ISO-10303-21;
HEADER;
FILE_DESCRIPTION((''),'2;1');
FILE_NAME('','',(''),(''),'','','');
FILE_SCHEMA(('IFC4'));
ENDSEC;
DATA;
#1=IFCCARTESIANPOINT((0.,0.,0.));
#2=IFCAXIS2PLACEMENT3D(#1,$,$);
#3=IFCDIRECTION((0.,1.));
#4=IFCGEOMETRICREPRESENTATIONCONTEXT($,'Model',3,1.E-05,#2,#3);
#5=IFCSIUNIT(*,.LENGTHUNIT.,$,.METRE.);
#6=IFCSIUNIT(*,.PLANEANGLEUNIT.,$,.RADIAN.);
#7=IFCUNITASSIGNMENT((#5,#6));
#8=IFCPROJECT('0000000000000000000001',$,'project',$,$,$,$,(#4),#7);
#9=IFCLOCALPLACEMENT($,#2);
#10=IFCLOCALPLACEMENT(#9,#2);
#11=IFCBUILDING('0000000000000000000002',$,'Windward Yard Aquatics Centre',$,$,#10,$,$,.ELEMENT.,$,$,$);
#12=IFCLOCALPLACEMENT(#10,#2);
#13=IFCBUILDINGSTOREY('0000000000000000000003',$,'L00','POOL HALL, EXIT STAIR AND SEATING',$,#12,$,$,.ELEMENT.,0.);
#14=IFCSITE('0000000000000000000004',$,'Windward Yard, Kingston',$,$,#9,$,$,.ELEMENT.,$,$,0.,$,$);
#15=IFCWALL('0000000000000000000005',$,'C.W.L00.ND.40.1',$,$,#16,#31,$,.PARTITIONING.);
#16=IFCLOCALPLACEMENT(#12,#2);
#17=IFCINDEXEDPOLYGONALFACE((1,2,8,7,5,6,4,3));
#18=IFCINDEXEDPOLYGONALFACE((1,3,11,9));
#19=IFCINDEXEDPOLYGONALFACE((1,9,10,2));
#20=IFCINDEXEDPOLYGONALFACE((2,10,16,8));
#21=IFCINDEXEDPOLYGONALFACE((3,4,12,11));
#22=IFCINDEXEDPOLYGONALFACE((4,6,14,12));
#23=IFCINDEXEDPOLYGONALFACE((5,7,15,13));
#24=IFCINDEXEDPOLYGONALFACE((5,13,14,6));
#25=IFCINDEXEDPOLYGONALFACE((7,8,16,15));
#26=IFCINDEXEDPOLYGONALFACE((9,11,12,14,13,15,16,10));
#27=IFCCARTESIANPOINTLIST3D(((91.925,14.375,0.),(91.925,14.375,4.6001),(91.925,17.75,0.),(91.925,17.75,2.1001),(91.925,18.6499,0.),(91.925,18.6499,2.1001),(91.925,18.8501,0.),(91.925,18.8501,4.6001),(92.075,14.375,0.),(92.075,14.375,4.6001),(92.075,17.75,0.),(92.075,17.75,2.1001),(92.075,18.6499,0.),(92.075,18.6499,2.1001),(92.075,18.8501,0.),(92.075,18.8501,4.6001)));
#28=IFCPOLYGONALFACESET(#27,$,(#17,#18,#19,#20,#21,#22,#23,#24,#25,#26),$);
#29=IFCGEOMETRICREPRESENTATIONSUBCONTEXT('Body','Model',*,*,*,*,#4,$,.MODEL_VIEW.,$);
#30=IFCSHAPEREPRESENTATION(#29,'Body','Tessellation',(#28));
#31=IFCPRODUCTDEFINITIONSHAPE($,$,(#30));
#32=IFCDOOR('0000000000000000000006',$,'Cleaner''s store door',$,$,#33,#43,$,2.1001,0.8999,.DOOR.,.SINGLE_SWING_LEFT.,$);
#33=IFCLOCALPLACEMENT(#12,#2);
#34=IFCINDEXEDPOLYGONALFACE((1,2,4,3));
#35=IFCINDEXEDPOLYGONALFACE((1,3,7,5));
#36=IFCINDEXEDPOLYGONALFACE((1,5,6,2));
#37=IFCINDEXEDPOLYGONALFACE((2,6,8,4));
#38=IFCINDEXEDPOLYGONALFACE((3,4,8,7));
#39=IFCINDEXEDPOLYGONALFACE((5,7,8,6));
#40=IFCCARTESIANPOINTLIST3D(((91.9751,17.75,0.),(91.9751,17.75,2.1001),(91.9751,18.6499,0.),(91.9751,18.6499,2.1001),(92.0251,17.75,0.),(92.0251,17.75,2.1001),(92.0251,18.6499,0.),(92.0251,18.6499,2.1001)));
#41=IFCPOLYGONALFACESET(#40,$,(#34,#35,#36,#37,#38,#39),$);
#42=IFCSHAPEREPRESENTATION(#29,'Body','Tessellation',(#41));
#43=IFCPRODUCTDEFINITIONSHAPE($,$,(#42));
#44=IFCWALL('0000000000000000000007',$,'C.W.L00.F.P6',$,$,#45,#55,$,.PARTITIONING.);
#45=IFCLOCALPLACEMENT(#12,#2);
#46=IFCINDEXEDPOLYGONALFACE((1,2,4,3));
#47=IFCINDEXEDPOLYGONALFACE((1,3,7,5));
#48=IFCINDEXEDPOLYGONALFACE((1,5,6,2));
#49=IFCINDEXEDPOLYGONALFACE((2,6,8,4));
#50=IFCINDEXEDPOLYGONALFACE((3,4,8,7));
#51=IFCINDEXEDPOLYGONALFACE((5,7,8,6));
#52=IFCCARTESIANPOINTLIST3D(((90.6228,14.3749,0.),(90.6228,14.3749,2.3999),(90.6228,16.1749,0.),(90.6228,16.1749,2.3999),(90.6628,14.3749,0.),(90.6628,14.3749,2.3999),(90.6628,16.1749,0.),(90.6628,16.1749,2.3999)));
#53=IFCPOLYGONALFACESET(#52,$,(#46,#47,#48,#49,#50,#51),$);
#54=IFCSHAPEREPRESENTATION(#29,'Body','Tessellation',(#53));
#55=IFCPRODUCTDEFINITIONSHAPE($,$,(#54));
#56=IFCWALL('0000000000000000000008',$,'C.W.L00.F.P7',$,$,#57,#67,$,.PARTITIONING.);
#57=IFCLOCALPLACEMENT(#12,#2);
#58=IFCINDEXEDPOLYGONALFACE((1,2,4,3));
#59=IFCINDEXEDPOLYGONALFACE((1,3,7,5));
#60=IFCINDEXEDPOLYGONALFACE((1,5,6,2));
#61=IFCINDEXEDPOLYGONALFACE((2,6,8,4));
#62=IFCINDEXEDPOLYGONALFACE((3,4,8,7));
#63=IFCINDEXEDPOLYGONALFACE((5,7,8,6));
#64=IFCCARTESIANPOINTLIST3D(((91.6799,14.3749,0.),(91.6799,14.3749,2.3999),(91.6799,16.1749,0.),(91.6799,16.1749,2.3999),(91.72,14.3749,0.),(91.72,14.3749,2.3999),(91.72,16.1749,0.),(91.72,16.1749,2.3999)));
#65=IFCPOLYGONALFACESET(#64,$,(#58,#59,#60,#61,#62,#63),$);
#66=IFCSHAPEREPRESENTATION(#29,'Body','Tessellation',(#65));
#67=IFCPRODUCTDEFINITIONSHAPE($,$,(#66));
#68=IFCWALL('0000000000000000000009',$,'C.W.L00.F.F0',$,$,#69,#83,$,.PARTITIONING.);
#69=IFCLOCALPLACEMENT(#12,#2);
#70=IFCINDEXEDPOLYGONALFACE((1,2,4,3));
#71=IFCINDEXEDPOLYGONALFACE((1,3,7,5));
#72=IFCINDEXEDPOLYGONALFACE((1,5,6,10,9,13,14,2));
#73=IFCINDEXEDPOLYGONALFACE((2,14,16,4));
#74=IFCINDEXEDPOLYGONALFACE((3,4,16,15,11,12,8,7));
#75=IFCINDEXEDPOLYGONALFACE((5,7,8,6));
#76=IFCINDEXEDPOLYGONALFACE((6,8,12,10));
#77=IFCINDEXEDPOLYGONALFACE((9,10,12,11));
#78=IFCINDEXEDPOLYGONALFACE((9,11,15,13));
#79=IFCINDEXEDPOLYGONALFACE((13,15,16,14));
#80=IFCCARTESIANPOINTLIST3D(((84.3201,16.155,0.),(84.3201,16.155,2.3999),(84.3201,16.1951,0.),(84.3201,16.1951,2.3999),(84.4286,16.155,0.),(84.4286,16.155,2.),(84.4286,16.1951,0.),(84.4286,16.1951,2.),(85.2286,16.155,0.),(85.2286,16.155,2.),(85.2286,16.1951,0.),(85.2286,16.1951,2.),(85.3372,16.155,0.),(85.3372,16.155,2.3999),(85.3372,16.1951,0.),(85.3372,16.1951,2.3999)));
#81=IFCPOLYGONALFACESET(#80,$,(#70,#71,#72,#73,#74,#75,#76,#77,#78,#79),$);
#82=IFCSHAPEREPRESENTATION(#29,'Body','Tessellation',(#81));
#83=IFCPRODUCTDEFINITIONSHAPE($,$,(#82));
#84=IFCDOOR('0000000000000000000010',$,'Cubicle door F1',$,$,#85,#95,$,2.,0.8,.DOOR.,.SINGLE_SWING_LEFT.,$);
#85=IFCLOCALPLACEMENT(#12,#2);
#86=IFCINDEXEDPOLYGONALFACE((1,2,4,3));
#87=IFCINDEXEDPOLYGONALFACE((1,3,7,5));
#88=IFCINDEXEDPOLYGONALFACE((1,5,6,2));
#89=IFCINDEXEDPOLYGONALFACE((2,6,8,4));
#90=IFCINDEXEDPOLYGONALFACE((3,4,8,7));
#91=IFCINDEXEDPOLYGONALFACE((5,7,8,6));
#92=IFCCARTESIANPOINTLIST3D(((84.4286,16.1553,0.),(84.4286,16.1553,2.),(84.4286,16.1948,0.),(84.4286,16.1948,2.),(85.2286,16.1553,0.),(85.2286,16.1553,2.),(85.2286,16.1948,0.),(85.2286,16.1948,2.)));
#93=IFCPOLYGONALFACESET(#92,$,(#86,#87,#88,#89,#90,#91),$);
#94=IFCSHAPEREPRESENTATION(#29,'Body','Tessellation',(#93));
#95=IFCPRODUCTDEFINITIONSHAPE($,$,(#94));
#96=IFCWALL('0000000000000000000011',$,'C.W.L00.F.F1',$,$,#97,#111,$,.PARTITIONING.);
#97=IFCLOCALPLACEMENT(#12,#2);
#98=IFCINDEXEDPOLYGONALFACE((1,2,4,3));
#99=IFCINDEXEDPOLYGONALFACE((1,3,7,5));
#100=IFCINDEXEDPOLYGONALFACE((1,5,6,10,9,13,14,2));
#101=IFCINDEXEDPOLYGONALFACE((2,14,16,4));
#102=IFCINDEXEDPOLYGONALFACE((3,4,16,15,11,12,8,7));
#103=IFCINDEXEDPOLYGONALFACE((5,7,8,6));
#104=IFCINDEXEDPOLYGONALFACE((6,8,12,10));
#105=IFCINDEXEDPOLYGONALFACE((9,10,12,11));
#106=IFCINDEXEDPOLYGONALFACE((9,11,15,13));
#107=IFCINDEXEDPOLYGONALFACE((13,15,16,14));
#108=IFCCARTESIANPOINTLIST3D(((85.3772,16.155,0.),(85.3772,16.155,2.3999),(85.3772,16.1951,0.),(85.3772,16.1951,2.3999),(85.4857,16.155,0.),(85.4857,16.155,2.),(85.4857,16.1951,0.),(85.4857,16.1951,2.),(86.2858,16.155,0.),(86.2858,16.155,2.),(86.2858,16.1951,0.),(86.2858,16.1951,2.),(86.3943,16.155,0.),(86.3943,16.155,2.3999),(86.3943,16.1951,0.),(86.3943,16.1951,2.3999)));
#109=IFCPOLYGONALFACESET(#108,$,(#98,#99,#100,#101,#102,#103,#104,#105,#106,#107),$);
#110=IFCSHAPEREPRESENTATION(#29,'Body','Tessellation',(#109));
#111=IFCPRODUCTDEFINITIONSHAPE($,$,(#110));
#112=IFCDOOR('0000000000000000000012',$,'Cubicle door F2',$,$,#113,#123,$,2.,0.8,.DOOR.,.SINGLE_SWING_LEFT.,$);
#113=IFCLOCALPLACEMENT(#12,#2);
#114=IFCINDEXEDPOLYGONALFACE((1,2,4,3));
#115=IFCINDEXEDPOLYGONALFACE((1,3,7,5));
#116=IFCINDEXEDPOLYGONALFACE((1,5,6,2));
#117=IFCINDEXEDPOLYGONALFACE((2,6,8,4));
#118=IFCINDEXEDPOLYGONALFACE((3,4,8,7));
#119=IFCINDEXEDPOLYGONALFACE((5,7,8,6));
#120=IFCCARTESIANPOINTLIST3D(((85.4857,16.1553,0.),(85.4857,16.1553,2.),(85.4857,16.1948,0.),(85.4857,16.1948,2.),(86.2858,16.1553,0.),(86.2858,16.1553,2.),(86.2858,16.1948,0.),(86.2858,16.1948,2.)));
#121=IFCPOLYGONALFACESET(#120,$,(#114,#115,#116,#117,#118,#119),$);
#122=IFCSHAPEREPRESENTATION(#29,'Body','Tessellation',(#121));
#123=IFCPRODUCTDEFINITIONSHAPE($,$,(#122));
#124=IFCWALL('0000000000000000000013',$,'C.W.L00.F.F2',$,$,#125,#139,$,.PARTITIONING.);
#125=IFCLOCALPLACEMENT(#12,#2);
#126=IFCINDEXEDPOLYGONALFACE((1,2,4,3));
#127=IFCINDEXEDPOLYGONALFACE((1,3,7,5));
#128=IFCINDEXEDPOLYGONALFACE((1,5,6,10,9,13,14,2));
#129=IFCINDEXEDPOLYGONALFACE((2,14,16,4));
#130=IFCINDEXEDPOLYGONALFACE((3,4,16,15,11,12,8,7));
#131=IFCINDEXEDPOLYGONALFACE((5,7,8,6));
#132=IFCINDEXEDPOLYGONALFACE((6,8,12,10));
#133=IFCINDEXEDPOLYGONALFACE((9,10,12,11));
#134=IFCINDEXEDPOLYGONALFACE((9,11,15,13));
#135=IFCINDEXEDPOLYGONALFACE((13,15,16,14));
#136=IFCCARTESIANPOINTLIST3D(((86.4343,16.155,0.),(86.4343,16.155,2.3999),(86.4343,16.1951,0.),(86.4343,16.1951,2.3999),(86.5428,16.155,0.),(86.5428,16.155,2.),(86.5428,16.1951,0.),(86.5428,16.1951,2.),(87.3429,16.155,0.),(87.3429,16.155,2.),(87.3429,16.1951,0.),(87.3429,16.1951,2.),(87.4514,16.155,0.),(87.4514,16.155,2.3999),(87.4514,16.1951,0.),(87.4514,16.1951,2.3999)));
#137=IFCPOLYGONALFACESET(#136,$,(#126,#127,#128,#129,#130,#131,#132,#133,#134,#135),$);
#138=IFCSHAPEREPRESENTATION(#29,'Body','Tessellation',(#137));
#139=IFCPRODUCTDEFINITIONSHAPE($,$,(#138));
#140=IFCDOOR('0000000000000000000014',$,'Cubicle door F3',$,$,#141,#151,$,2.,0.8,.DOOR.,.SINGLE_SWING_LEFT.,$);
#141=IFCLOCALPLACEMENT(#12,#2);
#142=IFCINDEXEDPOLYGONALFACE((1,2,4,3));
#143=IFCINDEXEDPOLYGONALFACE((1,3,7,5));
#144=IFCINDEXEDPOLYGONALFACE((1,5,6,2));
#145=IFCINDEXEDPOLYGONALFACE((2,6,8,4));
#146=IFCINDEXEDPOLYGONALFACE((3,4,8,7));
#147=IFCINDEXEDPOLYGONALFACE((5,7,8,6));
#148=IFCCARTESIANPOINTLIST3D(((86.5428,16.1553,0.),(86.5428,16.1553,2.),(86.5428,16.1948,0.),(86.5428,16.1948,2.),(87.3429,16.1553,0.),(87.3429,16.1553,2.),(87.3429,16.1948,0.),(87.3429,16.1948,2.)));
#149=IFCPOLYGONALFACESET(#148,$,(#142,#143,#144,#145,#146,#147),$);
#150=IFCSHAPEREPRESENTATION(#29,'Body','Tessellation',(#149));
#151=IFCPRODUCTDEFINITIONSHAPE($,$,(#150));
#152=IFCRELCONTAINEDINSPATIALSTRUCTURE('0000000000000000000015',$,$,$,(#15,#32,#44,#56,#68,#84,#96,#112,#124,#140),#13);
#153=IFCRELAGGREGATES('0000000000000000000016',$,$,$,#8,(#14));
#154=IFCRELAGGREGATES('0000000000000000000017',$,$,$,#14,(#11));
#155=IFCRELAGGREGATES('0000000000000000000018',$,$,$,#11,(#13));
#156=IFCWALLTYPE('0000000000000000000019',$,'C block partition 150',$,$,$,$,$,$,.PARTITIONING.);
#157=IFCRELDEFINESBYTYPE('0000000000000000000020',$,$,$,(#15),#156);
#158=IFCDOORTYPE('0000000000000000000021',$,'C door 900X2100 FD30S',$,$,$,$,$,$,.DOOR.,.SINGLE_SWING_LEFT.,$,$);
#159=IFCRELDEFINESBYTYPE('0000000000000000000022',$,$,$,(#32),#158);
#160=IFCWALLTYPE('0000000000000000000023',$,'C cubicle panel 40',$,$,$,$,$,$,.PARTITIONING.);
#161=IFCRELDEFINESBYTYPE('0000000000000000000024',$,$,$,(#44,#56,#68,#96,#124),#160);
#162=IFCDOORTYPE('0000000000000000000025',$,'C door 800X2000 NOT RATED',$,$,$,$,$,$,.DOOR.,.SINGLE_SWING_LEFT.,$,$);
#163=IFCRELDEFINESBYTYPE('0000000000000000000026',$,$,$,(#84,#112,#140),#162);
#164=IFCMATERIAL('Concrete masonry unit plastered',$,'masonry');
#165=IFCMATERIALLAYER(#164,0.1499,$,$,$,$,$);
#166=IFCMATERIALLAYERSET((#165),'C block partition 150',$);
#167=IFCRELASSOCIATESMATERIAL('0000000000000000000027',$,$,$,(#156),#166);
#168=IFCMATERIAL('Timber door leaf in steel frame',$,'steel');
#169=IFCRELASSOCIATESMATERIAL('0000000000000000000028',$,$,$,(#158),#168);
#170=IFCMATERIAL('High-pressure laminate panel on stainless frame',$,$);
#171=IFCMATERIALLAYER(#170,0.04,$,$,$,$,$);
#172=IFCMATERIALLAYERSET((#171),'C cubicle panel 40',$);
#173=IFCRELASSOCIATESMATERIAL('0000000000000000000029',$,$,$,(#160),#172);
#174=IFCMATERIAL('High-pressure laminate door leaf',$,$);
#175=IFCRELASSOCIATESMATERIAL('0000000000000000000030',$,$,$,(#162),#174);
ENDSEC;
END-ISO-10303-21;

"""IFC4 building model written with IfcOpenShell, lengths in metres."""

from ifc_helpers import new_model, si_unit, direction, frame, frame_2d, origin, place, context, subcontext, project, spatial, rectangle, extrude, material, layer, layer_set, type_object, element, fill, save


model = new_model("IFC4")

# Units and contexts
model_context = context("Model", 3, precision=1e-05, world=origin(), true_north=direction((0.0, 1.0)))
body_context = subcontext(model_context, "Body", "Model", "MODEL_VIEW")
ifc_project = project(units=[si_unit("LENGTHUNIT", "METRE"), si_unit("PLANEANGLEUNIT", "RADIAN")], contexts=[model_context])

# Site, building, storey
site_placement = place(None, origin())
site = spatial("IfcSite", under=ifc_project, at=site_placement, Name="Windward Yard, Kingston", CompositionType="ELEMENT", RefElevation=0.0)
building_placement = place(site_placement, origin())
building = spatial("IfcBuilding", under=site, at=building_placement, Name="Windward Yard Aquatics Centre", CompositionType="ELEMENT")
storey_placement = place(building_placement, origin())
storey = spatial("IfcBuildingStorey", under=building, at=storey_placement, Name="L00", Description="POOL HALL, EXIT STAIR AND SEATING", CompositionType="ELEMENT", Elevation=0.0)

# Wall, opening, door
ifc_material_1 = material(Name="Concrete masonry unit plastered", Category="masonry")
ifc_layer_1 = layer(ifc_material_1, 0.1499)
ifc_layer_set_1 = layer_set([ifc_layer_1], Name="C block partition 150")
wall_type_1 = type_object("IfcWallType", Name="C block partition 150", PredefinedType="PARTITIONING", material=ifc_layer_set_1)
wall_1_placement = place(storey_placement, frame((92.0, 14.375, 0.0), z_axis=(0.0, 0.0, 1.0), x_axis=(0.0, 1.0, 0.0)))
wall_1 = element("IfcWall", 1, at=wall_1_placement, inside=storey, type_object=wall_type_1, Name="C.W.L00.ND.40.1", PredefinedType="PARTITIONING", context=body_context, shape_type="SweptSolid", body=[
    extrude(rectangle(XDim=4.4751, YDim=0.1499, at=frame_2d((2.2375, 0.0))), origin(), (0.0, 0.0, 1.0), 4.6001),
])
opening_1_placement = place(wall_1_placement, frame((3.375, 0.0, 0.0)))
opening_1 = element("IfcOpeningElement", 2, at=opening_1_placement, cuts=wall_1, PredefinedType="OPENING", context=body_context, shape_type="SweptSolid", body=[
    extrude(rectangle(XDim=0.8999, YDim=2.1001, at=frame_2d((0.45, 1.05))), frame((0.0, 0.085, 0.0), z_axis=(0.0, -1.0, 0.0), x_axis=(1.0, 0.0, 0.0)), (0.0, 0.0, 1.0), 0.1699),
])
ifc_material_2 = material(Name="Timber door leaf in steel frame", Category="steel")
door_type_1 = type_object("IfcDoorType", Name="C door 900X2100 FD30S", OperationType="SINGLE_SWING_LEFT", PredefinedType="DOOR", material=ifc_material_2)
door_1_placement = place(opening_1_placement, origin())
door_1 = element("IfcDoor", 3, at=door_1_placement, inside=storey, type_object=door_type_1, Name="Cleaner's store door", OperationType="SINGLE_SWING_LEFT", OverallHeight=2.1001, OverallWidth=0.8999, PredefinedType="DOOR", context=body_context, shape_type="SweptSolid", body=[
    extrude(rectangle(XDim=0.8999, YDim=2.1001, at=frame_2d((0.45, 1.05))), frame((0.0, 0.0249, 0.0), z_axis=(0.0, -1.0, 0.0), x_axis=(1.0, 0.0, 0.0)), (0.0, 0.0, 1.0), 0.05),
])
fill(opening_1, door_1)

# Walls
ifc_material_3 = material(Name="High-pressure laminate panel on stainless frame")
ifc_layer_2 = layer(ifc_material_3, 0.04)
ifc_layer_set_2 = layer_set([ifc_layer_2], Name="C cubicle panel 40")
wall_type_2 = type_object("IfcWallType", Name="C cubicle panel 40", PredefinedType="PARTITIONING", material=ifc_layer_set_2)
for number, where, z_axis, x_axis, name in (
    (4, (90.6428, 14.375, 0.0), (0.0, 0.0, 1.0), (0.0, 1.0, 0.0), "C.W.L00.F.P6"),
    (5, (91.7, 14.375, 0.0), (0.0, 0.0, 1.0), (0.0, 1.0, 0.0), "C.W.L00.F.P7"),
):
    element("IfcWall", number, at=place(storey_placement, frame(where, z_axis=z_axis, x_axis=x_axis)), inside=storey, type_object=wall_type_2, Name=name, PredefinedType="PARTITIONING", context=body_context, shape_type="SweptSolid", body=[
        extrude(rectangle(XDim=1.8, YDim=0.04, at=frame_2d((0.8999, 0.0))), origin(), (0.0, 0.0, 1.0), 2.3999),
    ])

# Walls, openings, doors
wall_2_placement = place(storey_placement, frame((84.3201, 16.175, 0.0), z_axis=(0.0, 0.0, 1.0), x_axis=(1.0, 0.0, 0.0)))
wall_2 = element("IfcWall", 6, at=wall_2_placement, inside=storey, type_object=wall_type_2, Name="C.W.L00.F.F0", PredefinedType="PARTITIONING", context=body_context, shape_type="SweptSolid", body=[
    extrude(rectangle(XDim=1.0171, YDim=0.04, at=frame_2d((0.5085, 0.0))), origin(), (0.0, 0.0, 1.0), 2.3999),
])
opening_2_placement = place(wall_2_placement, frame((0.1086, 0.0, 0.0)))
opening_2 = element("IfcOpeningElement", 7, at=opening_2_placement, cuts=wall_2, PredefinedType="OPENING", context=body_context, shape_type="SweptSolid", body=[
    extrude(rectangle(XDim=0.8, YDim=2.0, at=frame_2d((0.3999, 1.0))), frame((0.0, 0.03, 0.0), z_axis=(0.0, -1.0, 0.0), x_axis=(1.0, 0.0, 0.0)), (0.0, 0.0, 1.0), 0.0601),
])
ifc_material_4 = material(Name="High-pressure laminate door leaf")
door_type_2 = type_object("IfcDoorType", Name="C door 800X2000 NOT RATED", OperationType="SINGLE_SWING_LEFT", PredefinedType="DOOR", material=ifc_material_4)
door_2_placement = place(opening_2_placement, origin())
door_2 = element("IfcDoor", 8, at=door_2_placement, inside=storey, type_object=door_type_2, Name="Cubicle door F1", OperationType="SINGLE_SWING_LEFT", OverallHeight=2.0, OverallWidth=0.8, PredefinedType="DOOR", context=body_context, shape_type="SweptSolid", body=[
    extrude(rectangle(XDim=0.8, YDim=2.0, at=frame_2d((0.3999, 1.0))), frame((0.0, 0.0198, 0.0), z_axis=(0.0, -1.0, 0.0), x_axis=(1.0, 0.0, 0.0)), (0.0, 0.0, 1.0), 0.0396),
])
fill(opening_2, door_2)
wall_3_placement = place(storey_placement, frame((85.3772, 16.175, 0.0), z_axis=(0.0, 0.0, 1.0), x_axis=(1.0, 0.0, 0.0)))
wall_3 = element("IfcWall", 9, at=wall_3_placement, inside=storey, type_object=wall_type_2, Name="C.W.L00.F.F1", PredefinedType="PARTITIONING", context=body_context, shape_type="SweptSolid", body=[
    extrude(rectangle(XDim=1.0171, YDim=0.04, at=frame_2d((0.5085, 0.0))), origin(), (0.0, 0.0, 1.0), 2.3999),
])
opening_3_placement = place(wall_3_placement, frame((0.1086, 0.0, 0.0)))
opening_3 = element("IfcOpeningElement", 10, at=opening_3_placement, cuts=wall_3, PredefinedType="OPENING", context=body_context, shape_type="SweptSolid", body=[
    extrude(rectangle(XDim=0.8, YDim=2.0, at=frame_2d((0.3999, 1.0))), frame((0.0, 0.03, 0.0), z_axis=(0.0, -1.0, 0.0), x_axis=(1.0, 0.0, 0.0)), (0.0, 0.0, 1.0), 0.0601),
])
door_3_placement = place(opening_3_placement, origin())
door_3 = element("IfcDoor", 11, at=door_3_placement, inside=storey, type_object=door_type_2, Name="Cubicle door F2", OperationType="SINGLE_SWING_LEFT", OverallHeight=2.0, OverallWidth=0.8, PredefinedType="DOOR", context=body_context, shape_type="SweptSolid", body=[
    extrude(rectangle(XDim=0.8, YDim=2.0, at=frame_2d((0.3999, 1.0))), frame((0.0, 0.0198, 0.0), z_axis=(0.0, -1.0, 0.0), x_axis=(1.0, 0.0, 0.0)), (0.0, 0.0, 1.0), 0.0396),
])
fill(opening_3, door_3)
wall_4_placement = place(storey_placement, frame((86.4343, 16.175, 0.0), z_axis=(0.0, 0.0, 1.0), x_axis=(1.0, 0.0, 0.0)))
wall_4 = element("IfcWall", 12, at=wall_4_placement, inside=storey, type_object=wall_type_2, Name="C.W.L00.F.F2", PredefinedType="PARTITIONING", context=body_context, shape_type="SweptSolid", body=[
    extrude(rectangle(XDim=1.0171, YDim=0.04, at=frame_2d((0.5085, 0.0))), origin(), (0.0, 0.0, 1.0), 2.3999),
])
opening_4_placement = place(wall_4_placement, frame((0.1086, 0.0, 0.0)))
opening_4 = element("IfcOpeningElement", 13, at=opening_4_placement, cuts=wall_4, PredefinedType="OPENING", context=body_context, shape_type="SweptSolid", body=[
    extrude(rectangle(XDim=0.8, YDim=2.0, at=frame_2d((0.3999, 1.0))), frame((0.0, 0.03, 0.0), z_axis=(0.0, -1.0, 0.0), x_axis=(1.0, 0.0, 0.0)), (0.0, 0.0, 1.0), 0.0601),
])
door_4_placement = place(opening_4_placement, origin())
door_4 = element("IfcDoor", 14, at=door_4_placement, inside=storey, type_object=door_type_2, Name="Cubicle door F3", OperationType="SINGLE_SWING_LEFT", OverallHeight=2.0, OverallWidth=0.8, PredefinedType="DOOR", context=body_context, shape_type="SweptSolid", body=[
    extrude(rectangle(XDim=0.8, YDim=2.0, at=frame_2d((0.3999, 1.0))), frame((0.0, 0.0198, 0.0), z_axis=(0.0, -1.0, 0.0), x_axis=(1.0, 0.0, 0.0)), (0.0, 0.0, 1.0), 0.0396),
])
fill(opening_4, door_4)

save(model, "model.ifc")
